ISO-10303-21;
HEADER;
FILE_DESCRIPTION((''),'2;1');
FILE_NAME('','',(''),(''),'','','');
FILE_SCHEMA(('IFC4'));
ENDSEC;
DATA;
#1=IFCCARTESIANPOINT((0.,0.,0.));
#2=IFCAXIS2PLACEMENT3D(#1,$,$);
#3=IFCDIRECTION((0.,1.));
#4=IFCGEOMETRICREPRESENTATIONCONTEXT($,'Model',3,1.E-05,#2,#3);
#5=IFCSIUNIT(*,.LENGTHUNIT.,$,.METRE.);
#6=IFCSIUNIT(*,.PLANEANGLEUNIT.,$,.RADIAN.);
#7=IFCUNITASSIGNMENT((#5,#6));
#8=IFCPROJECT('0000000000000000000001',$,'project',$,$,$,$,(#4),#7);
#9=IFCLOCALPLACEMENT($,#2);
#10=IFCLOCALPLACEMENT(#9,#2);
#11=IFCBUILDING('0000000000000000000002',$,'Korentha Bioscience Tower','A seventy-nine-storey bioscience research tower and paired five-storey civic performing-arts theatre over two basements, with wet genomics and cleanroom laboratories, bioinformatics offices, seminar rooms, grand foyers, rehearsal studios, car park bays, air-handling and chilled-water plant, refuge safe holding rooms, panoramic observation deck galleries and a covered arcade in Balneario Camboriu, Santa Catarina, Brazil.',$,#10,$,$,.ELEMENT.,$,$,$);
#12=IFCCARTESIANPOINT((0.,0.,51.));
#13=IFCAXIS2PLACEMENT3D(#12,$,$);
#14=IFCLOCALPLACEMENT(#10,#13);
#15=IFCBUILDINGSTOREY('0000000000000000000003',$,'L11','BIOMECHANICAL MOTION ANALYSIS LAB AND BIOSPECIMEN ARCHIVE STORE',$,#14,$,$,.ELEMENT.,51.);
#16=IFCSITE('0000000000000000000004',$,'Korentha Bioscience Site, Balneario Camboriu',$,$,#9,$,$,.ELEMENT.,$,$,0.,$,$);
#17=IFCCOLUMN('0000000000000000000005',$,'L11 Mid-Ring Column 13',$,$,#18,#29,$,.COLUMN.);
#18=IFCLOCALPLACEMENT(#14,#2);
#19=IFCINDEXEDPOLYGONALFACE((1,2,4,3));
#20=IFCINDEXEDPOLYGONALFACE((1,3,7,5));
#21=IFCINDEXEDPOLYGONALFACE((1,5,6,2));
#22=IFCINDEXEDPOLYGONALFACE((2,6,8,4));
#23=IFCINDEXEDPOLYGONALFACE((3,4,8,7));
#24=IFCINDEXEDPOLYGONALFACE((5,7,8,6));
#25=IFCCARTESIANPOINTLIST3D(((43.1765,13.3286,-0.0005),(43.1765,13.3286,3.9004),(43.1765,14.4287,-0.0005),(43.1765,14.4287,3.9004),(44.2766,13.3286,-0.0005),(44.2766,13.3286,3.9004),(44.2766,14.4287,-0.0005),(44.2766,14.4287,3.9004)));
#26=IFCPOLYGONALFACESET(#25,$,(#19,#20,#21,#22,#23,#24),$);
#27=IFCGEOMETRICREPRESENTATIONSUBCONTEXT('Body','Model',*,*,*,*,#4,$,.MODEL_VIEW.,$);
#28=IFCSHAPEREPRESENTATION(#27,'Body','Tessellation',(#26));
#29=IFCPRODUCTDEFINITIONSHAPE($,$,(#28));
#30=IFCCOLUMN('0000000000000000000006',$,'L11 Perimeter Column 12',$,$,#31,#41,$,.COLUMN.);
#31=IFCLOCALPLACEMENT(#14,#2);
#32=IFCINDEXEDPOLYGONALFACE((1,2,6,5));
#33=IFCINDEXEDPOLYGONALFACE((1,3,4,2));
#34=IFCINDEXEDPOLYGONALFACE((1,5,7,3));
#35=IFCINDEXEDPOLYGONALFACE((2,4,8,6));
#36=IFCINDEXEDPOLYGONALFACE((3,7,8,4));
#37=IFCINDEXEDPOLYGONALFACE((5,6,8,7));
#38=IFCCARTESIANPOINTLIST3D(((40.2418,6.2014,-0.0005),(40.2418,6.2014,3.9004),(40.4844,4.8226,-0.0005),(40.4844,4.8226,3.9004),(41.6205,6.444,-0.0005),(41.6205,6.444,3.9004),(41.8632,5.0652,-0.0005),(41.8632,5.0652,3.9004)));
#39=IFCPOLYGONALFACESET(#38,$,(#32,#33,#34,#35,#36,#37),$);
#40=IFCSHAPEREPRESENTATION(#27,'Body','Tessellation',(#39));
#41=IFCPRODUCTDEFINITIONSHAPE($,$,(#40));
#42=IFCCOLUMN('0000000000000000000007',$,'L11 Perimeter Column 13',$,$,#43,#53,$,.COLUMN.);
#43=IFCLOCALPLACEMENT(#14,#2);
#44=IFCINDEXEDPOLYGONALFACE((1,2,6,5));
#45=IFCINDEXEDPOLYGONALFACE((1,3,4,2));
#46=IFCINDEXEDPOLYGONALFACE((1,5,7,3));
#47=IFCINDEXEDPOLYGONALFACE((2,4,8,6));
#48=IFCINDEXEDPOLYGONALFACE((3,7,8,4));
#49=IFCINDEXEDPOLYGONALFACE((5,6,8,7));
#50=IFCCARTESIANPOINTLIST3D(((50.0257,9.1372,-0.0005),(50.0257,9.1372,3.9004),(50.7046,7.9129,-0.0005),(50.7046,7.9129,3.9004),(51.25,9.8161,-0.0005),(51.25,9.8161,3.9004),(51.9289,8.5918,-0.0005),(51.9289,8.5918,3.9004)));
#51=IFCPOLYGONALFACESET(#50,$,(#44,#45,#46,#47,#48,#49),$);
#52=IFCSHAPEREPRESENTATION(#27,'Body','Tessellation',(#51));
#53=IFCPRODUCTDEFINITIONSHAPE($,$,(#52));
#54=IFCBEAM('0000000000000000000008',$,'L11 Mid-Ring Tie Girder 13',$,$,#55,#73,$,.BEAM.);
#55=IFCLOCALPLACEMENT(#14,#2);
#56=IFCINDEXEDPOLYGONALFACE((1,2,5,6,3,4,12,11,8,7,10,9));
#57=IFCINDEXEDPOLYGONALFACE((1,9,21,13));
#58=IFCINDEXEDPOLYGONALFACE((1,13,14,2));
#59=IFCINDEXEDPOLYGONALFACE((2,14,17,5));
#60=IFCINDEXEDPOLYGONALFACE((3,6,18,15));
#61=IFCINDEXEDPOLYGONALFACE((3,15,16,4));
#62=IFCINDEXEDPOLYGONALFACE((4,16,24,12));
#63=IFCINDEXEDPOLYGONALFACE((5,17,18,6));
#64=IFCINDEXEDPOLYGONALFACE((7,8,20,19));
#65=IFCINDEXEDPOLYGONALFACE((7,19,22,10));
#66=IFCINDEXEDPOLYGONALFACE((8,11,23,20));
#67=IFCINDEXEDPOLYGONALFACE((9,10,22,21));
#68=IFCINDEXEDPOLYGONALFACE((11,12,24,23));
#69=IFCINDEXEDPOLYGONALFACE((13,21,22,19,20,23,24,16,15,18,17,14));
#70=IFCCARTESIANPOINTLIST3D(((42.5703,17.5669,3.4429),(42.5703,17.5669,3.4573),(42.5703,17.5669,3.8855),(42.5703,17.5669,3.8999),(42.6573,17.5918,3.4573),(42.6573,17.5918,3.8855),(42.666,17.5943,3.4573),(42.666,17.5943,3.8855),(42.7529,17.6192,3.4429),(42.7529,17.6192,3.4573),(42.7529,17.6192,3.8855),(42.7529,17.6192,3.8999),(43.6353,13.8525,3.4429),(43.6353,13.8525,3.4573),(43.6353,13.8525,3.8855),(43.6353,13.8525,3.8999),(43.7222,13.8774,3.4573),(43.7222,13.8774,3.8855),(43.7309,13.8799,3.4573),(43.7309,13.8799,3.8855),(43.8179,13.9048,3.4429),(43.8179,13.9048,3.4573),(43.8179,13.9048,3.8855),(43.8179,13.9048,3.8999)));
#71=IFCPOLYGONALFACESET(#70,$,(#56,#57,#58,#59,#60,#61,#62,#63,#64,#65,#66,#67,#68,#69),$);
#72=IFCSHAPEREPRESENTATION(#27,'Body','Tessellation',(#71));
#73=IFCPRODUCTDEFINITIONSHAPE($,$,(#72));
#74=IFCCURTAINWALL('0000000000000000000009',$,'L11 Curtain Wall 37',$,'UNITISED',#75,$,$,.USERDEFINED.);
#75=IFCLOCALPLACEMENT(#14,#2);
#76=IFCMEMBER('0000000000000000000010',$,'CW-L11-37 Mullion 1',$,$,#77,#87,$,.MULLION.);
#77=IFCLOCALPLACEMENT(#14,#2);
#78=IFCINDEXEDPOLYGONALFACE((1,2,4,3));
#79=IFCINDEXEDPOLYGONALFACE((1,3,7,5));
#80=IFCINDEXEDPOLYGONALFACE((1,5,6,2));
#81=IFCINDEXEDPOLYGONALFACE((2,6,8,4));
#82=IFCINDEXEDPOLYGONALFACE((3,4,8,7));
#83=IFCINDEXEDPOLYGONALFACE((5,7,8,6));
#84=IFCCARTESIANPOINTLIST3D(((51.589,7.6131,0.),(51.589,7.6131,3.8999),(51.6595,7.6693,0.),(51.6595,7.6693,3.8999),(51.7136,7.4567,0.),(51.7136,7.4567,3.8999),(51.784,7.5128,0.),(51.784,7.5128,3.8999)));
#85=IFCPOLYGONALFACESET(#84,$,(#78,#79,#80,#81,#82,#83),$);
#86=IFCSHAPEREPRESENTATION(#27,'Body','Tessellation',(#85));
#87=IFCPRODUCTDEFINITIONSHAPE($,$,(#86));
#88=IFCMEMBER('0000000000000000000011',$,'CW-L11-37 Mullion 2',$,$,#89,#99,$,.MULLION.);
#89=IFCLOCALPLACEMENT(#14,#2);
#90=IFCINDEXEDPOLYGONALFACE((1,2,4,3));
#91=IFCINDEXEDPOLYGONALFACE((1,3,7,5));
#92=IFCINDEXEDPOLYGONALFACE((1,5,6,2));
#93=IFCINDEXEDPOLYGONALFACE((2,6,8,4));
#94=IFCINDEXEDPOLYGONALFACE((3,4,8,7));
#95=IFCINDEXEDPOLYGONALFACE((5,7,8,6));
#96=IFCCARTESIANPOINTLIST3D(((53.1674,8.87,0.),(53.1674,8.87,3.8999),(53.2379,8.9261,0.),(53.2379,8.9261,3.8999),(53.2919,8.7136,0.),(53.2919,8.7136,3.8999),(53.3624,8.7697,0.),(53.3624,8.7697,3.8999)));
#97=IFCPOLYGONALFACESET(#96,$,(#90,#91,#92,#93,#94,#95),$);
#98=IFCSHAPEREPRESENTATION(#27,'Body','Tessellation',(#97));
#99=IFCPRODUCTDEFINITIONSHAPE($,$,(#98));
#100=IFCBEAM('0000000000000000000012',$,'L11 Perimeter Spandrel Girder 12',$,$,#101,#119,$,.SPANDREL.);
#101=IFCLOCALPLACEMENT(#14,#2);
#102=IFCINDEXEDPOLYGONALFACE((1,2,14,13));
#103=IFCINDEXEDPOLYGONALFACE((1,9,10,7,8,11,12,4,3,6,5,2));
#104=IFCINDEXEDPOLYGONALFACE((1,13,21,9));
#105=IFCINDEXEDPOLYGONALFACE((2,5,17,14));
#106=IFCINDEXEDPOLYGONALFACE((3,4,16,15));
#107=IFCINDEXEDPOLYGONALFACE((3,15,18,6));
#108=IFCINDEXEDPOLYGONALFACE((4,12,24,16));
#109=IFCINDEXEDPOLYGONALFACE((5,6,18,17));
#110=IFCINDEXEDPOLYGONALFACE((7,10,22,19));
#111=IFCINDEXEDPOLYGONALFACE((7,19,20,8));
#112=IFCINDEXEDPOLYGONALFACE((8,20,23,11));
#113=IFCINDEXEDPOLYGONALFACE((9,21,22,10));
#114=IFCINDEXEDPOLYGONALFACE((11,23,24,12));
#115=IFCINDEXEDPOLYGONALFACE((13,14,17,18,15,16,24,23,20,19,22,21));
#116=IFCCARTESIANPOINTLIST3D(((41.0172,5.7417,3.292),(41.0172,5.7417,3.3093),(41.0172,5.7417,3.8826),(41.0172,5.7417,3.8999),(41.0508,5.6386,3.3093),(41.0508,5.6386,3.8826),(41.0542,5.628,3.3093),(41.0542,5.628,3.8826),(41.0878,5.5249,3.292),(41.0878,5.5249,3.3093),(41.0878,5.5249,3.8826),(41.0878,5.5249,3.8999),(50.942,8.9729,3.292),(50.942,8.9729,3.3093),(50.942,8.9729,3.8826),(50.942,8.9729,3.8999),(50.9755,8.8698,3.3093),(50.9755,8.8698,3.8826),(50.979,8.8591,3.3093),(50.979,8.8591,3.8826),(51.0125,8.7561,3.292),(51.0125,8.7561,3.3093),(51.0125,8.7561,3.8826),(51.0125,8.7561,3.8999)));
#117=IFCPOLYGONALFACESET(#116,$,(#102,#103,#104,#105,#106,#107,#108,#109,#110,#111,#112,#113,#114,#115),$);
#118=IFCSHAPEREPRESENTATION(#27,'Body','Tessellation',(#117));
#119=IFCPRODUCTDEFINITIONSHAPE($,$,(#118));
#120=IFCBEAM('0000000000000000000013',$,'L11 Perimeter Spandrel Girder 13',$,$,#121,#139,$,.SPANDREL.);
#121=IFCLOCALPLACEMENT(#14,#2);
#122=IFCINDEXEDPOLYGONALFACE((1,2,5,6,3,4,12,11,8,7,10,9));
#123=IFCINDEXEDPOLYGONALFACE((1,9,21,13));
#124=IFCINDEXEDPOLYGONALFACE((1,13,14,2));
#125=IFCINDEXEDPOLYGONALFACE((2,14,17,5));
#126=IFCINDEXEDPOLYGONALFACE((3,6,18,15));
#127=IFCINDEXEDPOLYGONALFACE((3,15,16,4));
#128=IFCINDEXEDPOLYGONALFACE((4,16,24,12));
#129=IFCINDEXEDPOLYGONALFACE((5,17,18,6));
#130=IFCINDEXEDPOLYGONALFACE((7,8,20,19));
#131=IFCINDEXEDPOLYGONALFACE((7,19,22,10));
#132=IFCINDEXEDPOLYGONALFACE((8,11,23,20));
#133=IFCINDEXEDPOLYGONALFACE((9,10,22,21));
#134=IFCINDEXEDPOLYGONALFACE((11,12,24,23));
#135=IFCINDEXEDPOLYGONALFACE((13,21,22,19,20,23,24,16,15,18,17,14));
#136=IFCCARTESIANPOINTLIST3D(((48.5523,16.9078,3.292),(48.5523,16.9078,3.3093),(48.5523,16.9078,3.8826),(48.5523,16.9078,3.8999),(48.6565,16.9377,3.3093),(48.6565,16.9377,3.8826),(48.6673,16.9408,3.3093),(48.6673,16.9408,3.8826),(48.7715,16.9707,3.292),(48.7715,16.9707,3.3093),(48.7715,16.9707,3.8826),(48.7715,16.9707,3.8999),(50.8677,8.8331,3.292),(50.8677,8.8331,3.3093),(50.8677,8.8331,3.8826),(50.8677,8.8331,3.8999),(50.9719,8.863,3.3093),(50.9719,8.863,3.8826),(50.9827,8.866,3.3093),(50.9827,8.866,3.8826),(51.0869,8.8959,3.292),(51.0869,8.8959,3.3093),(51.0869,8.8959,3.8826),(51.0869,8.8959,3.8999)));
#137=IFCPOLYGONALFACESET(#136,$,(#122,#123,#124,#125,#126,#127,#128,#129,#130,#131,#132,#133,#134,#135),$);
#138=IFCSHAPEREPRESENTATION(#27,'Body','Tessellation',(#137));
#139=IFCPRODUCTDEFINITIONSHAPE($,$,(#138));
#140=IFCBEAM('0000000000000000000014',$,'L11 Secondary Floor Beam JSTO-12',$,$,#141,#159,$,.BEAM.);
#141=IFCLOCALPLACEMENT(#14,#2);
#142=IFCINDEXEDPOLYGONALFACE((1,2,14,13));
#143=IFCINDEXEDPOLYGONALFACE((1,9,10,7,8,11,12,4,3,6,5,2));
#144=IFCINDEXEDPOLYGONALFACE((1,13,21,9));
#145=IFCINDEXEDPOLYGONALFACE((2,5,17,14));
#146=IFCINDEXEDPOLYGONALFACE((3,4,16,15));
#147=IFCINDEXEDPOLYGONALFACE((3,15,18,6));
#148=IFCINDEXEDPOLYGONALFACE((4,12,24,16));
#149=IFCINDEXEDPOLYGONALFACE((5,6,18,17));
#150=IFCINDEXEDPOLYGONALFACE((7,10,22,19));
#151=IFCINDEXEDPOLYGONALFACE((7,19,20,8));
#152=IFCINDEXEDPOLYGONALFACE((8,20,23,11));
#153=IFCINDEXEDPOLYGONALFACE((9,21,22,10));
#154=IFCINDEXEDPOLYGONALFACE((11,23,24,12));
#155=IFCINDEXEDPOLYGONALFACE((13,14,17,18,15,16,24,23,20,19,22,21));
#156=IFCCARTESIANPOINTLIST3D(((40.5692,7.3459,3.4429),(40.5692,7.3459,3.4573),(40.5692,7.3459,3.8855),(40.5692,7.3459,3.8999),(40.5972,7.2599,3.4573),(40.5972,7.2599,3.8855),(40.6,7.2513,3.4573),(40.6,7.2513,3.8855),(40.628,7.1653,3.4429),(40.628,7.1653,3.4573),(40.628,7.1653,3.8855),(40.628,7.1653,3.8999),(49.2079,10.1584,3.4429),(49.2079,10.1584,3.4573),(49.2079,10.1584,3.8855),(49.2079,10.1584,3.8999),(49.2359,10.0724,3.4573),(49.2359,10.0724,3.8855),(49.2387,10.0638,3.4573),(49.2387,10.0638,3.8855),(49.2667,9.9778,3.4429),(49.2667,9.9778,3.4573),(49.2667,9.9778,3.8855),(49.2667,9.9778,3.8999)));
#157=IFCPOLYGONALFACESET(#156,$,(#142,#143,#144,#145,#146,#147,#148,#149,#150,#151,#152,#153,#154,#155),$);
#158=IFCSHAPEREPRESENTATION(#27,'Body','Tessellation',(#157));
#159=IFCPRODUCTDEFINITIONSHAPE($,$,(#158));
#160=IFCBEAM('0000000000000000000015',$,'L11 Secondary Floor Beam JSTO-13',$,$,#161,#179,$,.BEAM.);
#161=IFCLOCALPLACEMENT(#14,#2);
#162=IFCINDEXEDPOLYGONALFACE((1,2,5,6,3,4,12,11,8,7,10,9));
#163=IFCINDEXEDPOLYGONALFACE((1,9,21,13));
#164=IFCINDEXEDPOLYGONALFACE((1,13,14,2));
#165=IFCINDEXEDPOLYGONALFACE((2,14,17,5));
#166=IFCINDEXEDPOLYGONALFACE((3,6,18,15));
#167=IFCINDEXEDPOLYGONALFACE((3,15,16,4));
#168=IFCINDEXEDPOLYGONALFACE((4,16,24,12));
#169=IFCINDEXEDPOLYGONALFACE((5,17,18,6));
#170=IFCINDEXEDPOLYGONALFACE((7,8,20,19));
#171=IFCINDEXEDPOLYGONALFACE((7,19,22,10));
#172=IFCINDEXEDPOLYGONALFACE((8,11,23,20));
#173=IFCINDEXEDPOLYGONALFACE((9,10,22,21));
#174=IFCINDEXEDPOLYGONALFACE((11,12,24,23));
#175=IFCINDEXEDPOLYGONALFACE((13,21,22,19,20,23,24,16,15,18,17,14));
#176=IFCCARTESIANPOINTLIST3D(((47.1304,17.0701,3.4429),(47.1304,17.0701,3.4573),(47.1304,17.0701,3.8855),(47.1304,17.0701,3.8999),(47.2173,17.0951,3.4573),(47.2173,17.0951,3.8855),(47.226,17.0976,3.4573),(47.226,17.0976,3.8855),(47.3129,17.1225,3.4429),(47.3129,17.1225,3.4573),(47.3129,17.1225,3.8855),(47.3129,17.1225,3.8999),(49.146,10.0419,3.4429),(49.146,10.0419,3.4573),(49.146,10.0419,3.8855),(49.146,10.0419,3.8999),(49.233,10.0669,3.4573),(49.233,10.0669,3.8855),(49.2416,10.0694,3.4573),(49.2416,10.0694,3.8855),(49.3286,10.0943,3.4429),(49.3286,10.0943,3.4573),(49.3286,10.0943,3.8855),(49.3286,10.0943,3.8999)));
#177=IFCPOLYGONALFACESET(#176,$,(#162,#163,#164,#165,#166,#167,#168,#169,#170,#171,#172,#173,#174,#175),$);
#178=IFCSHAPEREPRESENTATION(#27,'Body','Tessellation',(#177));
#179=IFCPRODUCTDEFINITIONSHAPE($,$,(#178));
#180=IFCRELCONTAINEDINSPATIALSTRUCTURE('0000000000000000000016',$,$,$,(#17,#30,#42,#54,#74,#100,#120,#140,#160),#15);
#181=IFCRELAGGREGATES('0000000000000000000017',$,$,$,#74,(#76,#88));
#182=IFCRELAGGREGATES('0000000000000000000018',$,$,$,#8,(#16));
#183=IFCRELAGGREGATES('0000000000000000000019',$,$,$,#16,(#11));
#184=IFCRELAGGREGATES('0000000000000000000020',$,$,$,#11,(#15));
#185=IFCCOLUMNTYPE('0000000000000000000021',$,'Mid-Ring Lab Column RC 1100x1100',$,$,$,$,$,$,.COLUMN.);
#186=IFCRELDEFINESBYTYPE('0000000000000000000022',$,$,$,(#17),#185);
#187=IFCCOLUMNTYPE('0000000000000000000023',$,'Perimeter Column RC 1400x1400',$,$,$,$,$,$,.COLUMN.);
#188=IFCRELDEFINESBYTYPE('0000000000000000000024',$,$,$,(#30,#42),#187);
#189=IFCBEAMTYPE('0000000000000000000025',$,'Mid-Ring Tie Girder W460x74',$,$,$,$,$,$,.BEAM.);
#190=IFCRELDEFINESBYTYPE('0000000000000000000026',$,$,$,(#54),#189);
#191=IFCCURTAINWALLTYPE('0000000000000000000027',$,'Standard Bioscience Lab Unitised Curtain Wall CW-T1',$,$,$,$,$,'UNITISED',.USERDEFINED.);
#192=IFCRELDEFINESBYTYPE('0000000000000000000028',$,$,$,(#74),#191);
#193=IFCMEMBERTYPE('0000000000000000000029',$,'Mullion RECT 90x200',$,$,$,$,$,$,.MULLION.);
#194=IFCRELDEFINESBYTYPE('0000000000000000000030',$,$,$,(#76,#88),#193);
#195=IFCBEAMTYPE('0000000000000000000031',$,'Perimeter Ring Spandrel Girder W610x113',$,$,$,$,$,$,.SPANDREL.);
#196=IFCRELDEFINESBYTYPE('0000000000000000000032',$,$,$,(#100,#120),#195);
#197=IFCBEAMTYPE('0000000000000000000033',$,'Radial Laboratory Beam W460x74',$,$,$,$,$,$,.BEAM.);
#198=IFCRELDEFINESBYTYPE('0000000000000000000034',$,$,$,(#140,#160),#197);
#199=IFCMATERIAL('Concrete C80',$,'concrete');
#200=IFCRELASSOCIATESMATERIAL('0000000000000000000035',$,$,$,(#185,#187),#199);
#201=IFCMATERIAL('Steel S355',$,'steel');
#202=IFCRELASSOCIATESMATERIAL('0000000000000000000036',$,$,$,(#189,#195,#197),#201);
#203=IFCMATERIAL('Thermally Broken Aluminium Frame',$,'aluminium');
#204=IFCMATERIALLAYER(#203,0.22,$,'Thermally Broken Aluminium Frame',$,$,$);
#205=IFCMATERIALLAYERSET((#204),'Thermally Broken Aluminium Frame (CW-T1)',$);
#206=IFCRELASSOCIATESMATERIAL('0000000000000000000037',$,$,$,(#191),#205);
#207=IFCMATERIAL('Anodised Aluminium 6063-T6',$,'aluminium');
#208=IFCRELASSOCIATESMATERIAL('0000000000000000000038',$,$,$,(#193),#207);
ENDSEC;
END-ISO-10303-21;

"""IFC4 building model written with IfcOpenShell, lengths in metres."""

from ifc_helpers import new_model, si_unit, direction, frame, origin, origin_2d, place, context, subcontext, project, spatial, rectangle, i_section, extrude, material, layer, layer_set, material_profile, profile_set, type_object, element, aggregate, save


model = new_model("IFC4")

# Units and contexts
model_context = context("Model", 3, precision=1e-05, world=origin(), true_north=direction((0.0, 1.0)))
body_context = subcontext(model_context, "Body", "Model", "MODEL_VIEW")
ifc_project = project(units=[si_unit("LENGTHUNIT", "METRE"), si_unit("PLANEANGLEUNIT", "RADIAN")], contexts=[model_context])

# Site, building, storey
site_placement = place(None, origin())
site = spatial("IfcSite", under=ifc_project, at=site_placement, Name="Korentha Bioscience Site, Balneario Camboriu", CompositionType="ELEMENT", RefElevation=0.0)
building_placement = place(site_placement, origin())
building = spatial("IfcBuilding", under=site, at=building_placement, Name="Korentha Bioscience Tower", Description="A seventy-nine-storey bioscience research tower and paired five-storey civic performing-arts theatre over two basements, with wet genomics and cleanroom laboratories, bioinformatics offices, seminar rooms, grand foyers, rehearsal studios, car park bays, air-handling and chilled-water plant, refuge safe holding rooms, panoramic observation deck galleries and a covered arcade in Balneario Camboriu, Santa Catarina, Brazil.", CompositionType="ELEMENT")
storey_placement = place(building_placement, frame((0.0, 0.0, 51.0)))
storey = spatial("IfcBuildingStorey", under=building, at=storey_placement, Name="L11", Description="BIOMECHANICAL MOTION ANALYSIS LAB AND BIOSPECIMEN ARCHIVE STORE", CompositionType="ELEMENT", Elevation=51.0)

# Columns
ifc_material_1 = material(Name="Concrete C80", Category="concrete")
ifc_material_profile_1 = material_profile(ifc_material_1, rectangle(XDim=1.1001, YDim=1.1001, at=origin_2d()), Name="Concrete C80")
ifc_profile_set_1 = profile_set([ifc_material_profile_1], Name="Concrete C80 (COL-MR11)")
column_type_1 = type_object("IfcColumnType", Name="Mid-Ring Lab Column RC 1100x1100", PredefinedType="COLUMN", material=ifc_profile_set_1)
column_placement = place(storey_placement, frame((43.7266, 13.8787, -0.0005), z_axis=(0.0, 0.0, 1.0), x_axis=(1.0, 0.0, 0.0)))
element("IfcColumn", 1, at=column_placement, inside=storey, type_object=column_type_1, Name="L11 Mid-Ring Column 13", PredefinedType="COLUMN", context=body_context, shape_type="SweptSolid", body=[
    extrude(rectangle(XDim=1.1001, YDim=1.1001, at=origin_2d()), origin(), (0.0, 0.0, 1.0), 3.9009),
])
ifc_material_profile_2 = material_profile(ifc_material_1, rectangle(XDim=1.3999, YDim=1.3999, at=origin_2d()), Name="Concrete C80")
ifc_profile_set_2 = profile_set([ifc_material_profile_2], Name="Concrete C80 (COL-P14)")
column_type_2 = type_object("IfcColumnType", Name="Perimeter Column RC 1400x1400", PredefinedType="COLUMN", material=ifc_profile_set_2)
for number, where, z_axis, x_axis, name in (
    (2, (41.0525, 5.6333, -0.0005), (0.0, 0.0, 1.0), (0.984868, 0.173304, 0.0), "L11 Perimeter Column 12"),
    (3, (50.9773, 8.8645, -0.0005), (0.0, 0.0, 1.0), (0.874535, 0.484962, 0.0), "L11 Perimeter Column 13"),
):
    element("IfcColumn", number, at=place(storey_placement, frame(where, z_axis=z_axis, x_axis=x_axis)), inside=storey, type_object=column_type_2, Name=name, PredefinedType="COLUMN", context=body_context, shape_type="SweptSolid", body=[
        extrude(rectangle(XDim=1.3999, YDim=1.3999, at=origin_2d()), origin(), (0.0, 0.0, 1.0), 3.9009),
    ])

# Beam
ifc_material_2 = material(Name="Steel S355", Category="steel")
ifc_material_profile_3 = material_profile(ifc_material_2, i_section(OverallWidth=0.1899, OverallDepth=0.457, WebThickness=0.009, FlangeThickness=0.0144, at=origin_2d()), Name="Steel S355")
ifc_profile_set_3 = profile_set([ifc_material_profile_3], Name="Steel S355 (MB-460)")
beam_type_1 = type_object("IfcBeamType", Name="Mid-Ring Tie Girder W460x74", PredefinedType="BEAM", material=ifc_profile_set_3)
beam_1_placement = place(storey_placement, frame((43.7266, 13.8787, 3.6714), z_axis=(-0.275606, 0.961271, 0.0), x_axis=(-0.961271, -0.275606, 0.0)))
element("IfcBeam", 4, at=beam_1_placement, inside=storey, type_object=beam_type_1, Name="L11 Mid-Ring Tie Girder 13", PredefinedType="BEAM", context=body_context, shape_type="SweptSolid", body=[
    extrude(i_section(OverallWidth=0.1899, OverallDepth=0.457, WebThickness=0.009, FlangeThickness=0.0144, at=origin_2d()), origin(), (0.0, 0.0, 1.0), 3.864),
])

# Curtain wall, members
ifc_material_3 = material(Name="Thermally Broken Aluminium Frame", Category="aluminium")
ifc_layer_1 = layer(ifc_material_3, 0.22, Name="Thermally Broken Aluminium Frame")
ifc_layer_set_1 = layer_set([ifc_layer_1], Name="Thermally Broken Aluminium Frame (CW-T1)")
curtain_wall_type = type_object("IfcCurtainWallType", Name="Standard Bioscience Lab Unitised Curtain Wall CW-T1", ElementType="UNITISED", PredefinedType="USERDEFINED", material=ifc_layer_set_1)
curtain_wall_placement = place(storey_placement, origin())
curtain_wall = element("IfcCurtainWall", 5, at=curtain_wall_placement, inside=storey, type_object=curtain_wall_type, Name="L11 Curtain Wall 37", ObjectType="UNITISED", PredefinedType="USERDEFINED")
ifc_material_4 = material(Name="Anodised Aluminium 6063-T6", Category="aluminium")
ifc_material_profile_4 = material_profile(ifc_material_4, rectangle(XDim=0.0901, YDim=0.2, at=origin_2d()), Name="Anodised Aluminium 6063-T6")
ifc_profile_set_4 = profile_set([ifc_material_profile_4], Name="Anodised Aluminium 6063-T6 (CW-MUL)")
member_type_1 = type_object("IfcMemberType", Name="Mullion RECT 90x200", PredefinedType="MULLION", material=ifc_profile_set_4)
member_1_placement = place(storey_placement, frame((51.6865, 7.563, 0.0), z_axis=(0.0, 0.0, 1.0), x_axis=(0.782288, 0.622917, 0.0)))
member_1 = element("IfcMember", 6, at=member_1_placement, type_object=member_type_1, Name="CW-L11-37 Mullion 1", PredefinedType="MULLION", context=body_context, shape_type="SweptSolid", body=[
    extrude(rectangle(XDim=0.0901, YDim=0.2, at=origin_2d()), origin(), (0.0, 0.0, 1.0), 3.8999),
])
member_2_placement = place(storey_placement, frame((53.2649, 8.8198, 0.0), z_axis=(0.0, 0.0, 1.0), x_axis=(0.782288, 0.622917, 0.0)))
member_2 = element("IfcMember", 7, at=member_2_placement, type_object=member_type_1, Name="CW-L11-37 Mullion 2", PredefinedType="MULLION", context=body_context, shape_type="SweptSolid", body=[
    extrude(rectangle(XDim=0.0901, YDim=0.2, at=origin_2d()), origin(), (0.0, 0.0, 1.0), 3.8999),
])

# Beams
ifc_material_profile_5 = material_profile(ifc_material_2, i_section(OverallWidth=0.228, OverallDepth=0.6079, WebThickness=0.0112, FlangeThickness=0.0173, at=origin_2d()), Name="Steel S355")
ifc_profile_set_5 = profile_set([ifc_material_profile_5], Name="Steel S355 (SB-610)")
beam_type_2 = type_object("IfcBeamType", Name="Perimeter Ring Spandrel Girder W610x113", PredefinedType="SPANDREL", material=ifc_profile_set_5)
beam_2_placement = place(storey_placement, frame((41.0525, 5.6333, 3.5959), z_axis=(0.950875, 0.309575, 0.0), x_axis=(-0.309575, 0.950875, 0.0)))
element("IfcBeam", 8, at=beam_2_placement, inside=storey, type_object=beam_type_2, Name="L11 Perimeter Spandrel Girder 12", PredefinedType="SPANDREL", context=body_context, shape_type="SweptSolid", body=[
    extrude(i_section(OverallWidth=0.228, OverallDepth=0.6079, WebThickness=0.0112, FlangeThickness=0.0173, at=origin_2d()), origin(), (0.0, 0.0, 1.0), 10.4375),
])
beam_3_placement = place(storey_placement, frame((50.9773, 8.8645, 3.5959), z_axis=(-0.275642, 0.96126, 0.0), x_axis=(-0.96126, -0.275642, 0.0)))
element("IfcBeam", 9, at=beam_3_placement, inside=storey, type_object=beam_type_2, Name="L11 Perimeter Spandrel Girder 13", PredefinedType="SPANDREL", context=body_context, shape_type="SweptSolid", body=[
    extrude(i_section(OverallWidth=0.228, OverallDepth=0.6079, WebThickness=0.0112, FlangeThickness=0.0173, at=origin_2d()), origin(), (0.0, 0.0, 1.0), 8.4001),
])
ifc_material_profile_6 = material_profile(ifc_material_2, i_section(OverallWidth=0.1899, OverallDepth=0.457, WebThickness=0.009, FlangeThickness=0.0144, at=origin_2d()), Name="Steel S355")
ifc_profile_set_6 = profile_set([ifc_material_profile_6], Name="Steel S355 (RB-460)")
beam_type_3 = type_object("IfcBeamType", Name="Radial Laboratory Beam W460x74", PredefinedType="BEAM", material=ifc_profile_set_6)
beam_4_placement = place(storey_placement, frame((40.5986, 7.2556, 3.6714), z_axis=(0.950874, 0.309577, 0.0), x_axis=(-0.309577, 0.950874, 0.0)))
element("IfcBeam", 10, at=beam_4_placement, inside=storey, type_object=beam_type_3, Name="L11 Secondary Floor Beam JSTO-12", PredefinedType="BEAM", context=body_context, shape_type="SweptSolid", body=[
    extrude(i_section(OverallWidth=0.1899, OverallDepth=0.457, WebThickness=0.009, FlangeThickness=0.0144, at=origin_2d()), origin(), (0.0, 0.0, 1.0), 9.085),
])
beam_5_placement = place(storey_placement, frame((49.2373, 10.0681, 3.6714), z_axis=(-0.275682, 0.961249, 0.0), x_axis=(-0.961249, -0.275682, 0.0)))
element("IfcBeam", 11, at=beam_5_placement, inside=storey, type_object=beam_type_3, Name="L11 Secondary Floor Beam JSTO-13", PredefinedType="BEAM", context=body_context, shape_type="SweptSolid", body=[
    extrude(i_section(OverallWidth=0.1899, OverallDepth=0.457, WebThickness=0.009, FlangeThickness=0.0144, at=origin_2d()), origin(), (0.0, 0.0, 1.0), 7.3115),
])

aggregate(curtain_wall, [member_1, member_2])

save(model, "model.ifc")
